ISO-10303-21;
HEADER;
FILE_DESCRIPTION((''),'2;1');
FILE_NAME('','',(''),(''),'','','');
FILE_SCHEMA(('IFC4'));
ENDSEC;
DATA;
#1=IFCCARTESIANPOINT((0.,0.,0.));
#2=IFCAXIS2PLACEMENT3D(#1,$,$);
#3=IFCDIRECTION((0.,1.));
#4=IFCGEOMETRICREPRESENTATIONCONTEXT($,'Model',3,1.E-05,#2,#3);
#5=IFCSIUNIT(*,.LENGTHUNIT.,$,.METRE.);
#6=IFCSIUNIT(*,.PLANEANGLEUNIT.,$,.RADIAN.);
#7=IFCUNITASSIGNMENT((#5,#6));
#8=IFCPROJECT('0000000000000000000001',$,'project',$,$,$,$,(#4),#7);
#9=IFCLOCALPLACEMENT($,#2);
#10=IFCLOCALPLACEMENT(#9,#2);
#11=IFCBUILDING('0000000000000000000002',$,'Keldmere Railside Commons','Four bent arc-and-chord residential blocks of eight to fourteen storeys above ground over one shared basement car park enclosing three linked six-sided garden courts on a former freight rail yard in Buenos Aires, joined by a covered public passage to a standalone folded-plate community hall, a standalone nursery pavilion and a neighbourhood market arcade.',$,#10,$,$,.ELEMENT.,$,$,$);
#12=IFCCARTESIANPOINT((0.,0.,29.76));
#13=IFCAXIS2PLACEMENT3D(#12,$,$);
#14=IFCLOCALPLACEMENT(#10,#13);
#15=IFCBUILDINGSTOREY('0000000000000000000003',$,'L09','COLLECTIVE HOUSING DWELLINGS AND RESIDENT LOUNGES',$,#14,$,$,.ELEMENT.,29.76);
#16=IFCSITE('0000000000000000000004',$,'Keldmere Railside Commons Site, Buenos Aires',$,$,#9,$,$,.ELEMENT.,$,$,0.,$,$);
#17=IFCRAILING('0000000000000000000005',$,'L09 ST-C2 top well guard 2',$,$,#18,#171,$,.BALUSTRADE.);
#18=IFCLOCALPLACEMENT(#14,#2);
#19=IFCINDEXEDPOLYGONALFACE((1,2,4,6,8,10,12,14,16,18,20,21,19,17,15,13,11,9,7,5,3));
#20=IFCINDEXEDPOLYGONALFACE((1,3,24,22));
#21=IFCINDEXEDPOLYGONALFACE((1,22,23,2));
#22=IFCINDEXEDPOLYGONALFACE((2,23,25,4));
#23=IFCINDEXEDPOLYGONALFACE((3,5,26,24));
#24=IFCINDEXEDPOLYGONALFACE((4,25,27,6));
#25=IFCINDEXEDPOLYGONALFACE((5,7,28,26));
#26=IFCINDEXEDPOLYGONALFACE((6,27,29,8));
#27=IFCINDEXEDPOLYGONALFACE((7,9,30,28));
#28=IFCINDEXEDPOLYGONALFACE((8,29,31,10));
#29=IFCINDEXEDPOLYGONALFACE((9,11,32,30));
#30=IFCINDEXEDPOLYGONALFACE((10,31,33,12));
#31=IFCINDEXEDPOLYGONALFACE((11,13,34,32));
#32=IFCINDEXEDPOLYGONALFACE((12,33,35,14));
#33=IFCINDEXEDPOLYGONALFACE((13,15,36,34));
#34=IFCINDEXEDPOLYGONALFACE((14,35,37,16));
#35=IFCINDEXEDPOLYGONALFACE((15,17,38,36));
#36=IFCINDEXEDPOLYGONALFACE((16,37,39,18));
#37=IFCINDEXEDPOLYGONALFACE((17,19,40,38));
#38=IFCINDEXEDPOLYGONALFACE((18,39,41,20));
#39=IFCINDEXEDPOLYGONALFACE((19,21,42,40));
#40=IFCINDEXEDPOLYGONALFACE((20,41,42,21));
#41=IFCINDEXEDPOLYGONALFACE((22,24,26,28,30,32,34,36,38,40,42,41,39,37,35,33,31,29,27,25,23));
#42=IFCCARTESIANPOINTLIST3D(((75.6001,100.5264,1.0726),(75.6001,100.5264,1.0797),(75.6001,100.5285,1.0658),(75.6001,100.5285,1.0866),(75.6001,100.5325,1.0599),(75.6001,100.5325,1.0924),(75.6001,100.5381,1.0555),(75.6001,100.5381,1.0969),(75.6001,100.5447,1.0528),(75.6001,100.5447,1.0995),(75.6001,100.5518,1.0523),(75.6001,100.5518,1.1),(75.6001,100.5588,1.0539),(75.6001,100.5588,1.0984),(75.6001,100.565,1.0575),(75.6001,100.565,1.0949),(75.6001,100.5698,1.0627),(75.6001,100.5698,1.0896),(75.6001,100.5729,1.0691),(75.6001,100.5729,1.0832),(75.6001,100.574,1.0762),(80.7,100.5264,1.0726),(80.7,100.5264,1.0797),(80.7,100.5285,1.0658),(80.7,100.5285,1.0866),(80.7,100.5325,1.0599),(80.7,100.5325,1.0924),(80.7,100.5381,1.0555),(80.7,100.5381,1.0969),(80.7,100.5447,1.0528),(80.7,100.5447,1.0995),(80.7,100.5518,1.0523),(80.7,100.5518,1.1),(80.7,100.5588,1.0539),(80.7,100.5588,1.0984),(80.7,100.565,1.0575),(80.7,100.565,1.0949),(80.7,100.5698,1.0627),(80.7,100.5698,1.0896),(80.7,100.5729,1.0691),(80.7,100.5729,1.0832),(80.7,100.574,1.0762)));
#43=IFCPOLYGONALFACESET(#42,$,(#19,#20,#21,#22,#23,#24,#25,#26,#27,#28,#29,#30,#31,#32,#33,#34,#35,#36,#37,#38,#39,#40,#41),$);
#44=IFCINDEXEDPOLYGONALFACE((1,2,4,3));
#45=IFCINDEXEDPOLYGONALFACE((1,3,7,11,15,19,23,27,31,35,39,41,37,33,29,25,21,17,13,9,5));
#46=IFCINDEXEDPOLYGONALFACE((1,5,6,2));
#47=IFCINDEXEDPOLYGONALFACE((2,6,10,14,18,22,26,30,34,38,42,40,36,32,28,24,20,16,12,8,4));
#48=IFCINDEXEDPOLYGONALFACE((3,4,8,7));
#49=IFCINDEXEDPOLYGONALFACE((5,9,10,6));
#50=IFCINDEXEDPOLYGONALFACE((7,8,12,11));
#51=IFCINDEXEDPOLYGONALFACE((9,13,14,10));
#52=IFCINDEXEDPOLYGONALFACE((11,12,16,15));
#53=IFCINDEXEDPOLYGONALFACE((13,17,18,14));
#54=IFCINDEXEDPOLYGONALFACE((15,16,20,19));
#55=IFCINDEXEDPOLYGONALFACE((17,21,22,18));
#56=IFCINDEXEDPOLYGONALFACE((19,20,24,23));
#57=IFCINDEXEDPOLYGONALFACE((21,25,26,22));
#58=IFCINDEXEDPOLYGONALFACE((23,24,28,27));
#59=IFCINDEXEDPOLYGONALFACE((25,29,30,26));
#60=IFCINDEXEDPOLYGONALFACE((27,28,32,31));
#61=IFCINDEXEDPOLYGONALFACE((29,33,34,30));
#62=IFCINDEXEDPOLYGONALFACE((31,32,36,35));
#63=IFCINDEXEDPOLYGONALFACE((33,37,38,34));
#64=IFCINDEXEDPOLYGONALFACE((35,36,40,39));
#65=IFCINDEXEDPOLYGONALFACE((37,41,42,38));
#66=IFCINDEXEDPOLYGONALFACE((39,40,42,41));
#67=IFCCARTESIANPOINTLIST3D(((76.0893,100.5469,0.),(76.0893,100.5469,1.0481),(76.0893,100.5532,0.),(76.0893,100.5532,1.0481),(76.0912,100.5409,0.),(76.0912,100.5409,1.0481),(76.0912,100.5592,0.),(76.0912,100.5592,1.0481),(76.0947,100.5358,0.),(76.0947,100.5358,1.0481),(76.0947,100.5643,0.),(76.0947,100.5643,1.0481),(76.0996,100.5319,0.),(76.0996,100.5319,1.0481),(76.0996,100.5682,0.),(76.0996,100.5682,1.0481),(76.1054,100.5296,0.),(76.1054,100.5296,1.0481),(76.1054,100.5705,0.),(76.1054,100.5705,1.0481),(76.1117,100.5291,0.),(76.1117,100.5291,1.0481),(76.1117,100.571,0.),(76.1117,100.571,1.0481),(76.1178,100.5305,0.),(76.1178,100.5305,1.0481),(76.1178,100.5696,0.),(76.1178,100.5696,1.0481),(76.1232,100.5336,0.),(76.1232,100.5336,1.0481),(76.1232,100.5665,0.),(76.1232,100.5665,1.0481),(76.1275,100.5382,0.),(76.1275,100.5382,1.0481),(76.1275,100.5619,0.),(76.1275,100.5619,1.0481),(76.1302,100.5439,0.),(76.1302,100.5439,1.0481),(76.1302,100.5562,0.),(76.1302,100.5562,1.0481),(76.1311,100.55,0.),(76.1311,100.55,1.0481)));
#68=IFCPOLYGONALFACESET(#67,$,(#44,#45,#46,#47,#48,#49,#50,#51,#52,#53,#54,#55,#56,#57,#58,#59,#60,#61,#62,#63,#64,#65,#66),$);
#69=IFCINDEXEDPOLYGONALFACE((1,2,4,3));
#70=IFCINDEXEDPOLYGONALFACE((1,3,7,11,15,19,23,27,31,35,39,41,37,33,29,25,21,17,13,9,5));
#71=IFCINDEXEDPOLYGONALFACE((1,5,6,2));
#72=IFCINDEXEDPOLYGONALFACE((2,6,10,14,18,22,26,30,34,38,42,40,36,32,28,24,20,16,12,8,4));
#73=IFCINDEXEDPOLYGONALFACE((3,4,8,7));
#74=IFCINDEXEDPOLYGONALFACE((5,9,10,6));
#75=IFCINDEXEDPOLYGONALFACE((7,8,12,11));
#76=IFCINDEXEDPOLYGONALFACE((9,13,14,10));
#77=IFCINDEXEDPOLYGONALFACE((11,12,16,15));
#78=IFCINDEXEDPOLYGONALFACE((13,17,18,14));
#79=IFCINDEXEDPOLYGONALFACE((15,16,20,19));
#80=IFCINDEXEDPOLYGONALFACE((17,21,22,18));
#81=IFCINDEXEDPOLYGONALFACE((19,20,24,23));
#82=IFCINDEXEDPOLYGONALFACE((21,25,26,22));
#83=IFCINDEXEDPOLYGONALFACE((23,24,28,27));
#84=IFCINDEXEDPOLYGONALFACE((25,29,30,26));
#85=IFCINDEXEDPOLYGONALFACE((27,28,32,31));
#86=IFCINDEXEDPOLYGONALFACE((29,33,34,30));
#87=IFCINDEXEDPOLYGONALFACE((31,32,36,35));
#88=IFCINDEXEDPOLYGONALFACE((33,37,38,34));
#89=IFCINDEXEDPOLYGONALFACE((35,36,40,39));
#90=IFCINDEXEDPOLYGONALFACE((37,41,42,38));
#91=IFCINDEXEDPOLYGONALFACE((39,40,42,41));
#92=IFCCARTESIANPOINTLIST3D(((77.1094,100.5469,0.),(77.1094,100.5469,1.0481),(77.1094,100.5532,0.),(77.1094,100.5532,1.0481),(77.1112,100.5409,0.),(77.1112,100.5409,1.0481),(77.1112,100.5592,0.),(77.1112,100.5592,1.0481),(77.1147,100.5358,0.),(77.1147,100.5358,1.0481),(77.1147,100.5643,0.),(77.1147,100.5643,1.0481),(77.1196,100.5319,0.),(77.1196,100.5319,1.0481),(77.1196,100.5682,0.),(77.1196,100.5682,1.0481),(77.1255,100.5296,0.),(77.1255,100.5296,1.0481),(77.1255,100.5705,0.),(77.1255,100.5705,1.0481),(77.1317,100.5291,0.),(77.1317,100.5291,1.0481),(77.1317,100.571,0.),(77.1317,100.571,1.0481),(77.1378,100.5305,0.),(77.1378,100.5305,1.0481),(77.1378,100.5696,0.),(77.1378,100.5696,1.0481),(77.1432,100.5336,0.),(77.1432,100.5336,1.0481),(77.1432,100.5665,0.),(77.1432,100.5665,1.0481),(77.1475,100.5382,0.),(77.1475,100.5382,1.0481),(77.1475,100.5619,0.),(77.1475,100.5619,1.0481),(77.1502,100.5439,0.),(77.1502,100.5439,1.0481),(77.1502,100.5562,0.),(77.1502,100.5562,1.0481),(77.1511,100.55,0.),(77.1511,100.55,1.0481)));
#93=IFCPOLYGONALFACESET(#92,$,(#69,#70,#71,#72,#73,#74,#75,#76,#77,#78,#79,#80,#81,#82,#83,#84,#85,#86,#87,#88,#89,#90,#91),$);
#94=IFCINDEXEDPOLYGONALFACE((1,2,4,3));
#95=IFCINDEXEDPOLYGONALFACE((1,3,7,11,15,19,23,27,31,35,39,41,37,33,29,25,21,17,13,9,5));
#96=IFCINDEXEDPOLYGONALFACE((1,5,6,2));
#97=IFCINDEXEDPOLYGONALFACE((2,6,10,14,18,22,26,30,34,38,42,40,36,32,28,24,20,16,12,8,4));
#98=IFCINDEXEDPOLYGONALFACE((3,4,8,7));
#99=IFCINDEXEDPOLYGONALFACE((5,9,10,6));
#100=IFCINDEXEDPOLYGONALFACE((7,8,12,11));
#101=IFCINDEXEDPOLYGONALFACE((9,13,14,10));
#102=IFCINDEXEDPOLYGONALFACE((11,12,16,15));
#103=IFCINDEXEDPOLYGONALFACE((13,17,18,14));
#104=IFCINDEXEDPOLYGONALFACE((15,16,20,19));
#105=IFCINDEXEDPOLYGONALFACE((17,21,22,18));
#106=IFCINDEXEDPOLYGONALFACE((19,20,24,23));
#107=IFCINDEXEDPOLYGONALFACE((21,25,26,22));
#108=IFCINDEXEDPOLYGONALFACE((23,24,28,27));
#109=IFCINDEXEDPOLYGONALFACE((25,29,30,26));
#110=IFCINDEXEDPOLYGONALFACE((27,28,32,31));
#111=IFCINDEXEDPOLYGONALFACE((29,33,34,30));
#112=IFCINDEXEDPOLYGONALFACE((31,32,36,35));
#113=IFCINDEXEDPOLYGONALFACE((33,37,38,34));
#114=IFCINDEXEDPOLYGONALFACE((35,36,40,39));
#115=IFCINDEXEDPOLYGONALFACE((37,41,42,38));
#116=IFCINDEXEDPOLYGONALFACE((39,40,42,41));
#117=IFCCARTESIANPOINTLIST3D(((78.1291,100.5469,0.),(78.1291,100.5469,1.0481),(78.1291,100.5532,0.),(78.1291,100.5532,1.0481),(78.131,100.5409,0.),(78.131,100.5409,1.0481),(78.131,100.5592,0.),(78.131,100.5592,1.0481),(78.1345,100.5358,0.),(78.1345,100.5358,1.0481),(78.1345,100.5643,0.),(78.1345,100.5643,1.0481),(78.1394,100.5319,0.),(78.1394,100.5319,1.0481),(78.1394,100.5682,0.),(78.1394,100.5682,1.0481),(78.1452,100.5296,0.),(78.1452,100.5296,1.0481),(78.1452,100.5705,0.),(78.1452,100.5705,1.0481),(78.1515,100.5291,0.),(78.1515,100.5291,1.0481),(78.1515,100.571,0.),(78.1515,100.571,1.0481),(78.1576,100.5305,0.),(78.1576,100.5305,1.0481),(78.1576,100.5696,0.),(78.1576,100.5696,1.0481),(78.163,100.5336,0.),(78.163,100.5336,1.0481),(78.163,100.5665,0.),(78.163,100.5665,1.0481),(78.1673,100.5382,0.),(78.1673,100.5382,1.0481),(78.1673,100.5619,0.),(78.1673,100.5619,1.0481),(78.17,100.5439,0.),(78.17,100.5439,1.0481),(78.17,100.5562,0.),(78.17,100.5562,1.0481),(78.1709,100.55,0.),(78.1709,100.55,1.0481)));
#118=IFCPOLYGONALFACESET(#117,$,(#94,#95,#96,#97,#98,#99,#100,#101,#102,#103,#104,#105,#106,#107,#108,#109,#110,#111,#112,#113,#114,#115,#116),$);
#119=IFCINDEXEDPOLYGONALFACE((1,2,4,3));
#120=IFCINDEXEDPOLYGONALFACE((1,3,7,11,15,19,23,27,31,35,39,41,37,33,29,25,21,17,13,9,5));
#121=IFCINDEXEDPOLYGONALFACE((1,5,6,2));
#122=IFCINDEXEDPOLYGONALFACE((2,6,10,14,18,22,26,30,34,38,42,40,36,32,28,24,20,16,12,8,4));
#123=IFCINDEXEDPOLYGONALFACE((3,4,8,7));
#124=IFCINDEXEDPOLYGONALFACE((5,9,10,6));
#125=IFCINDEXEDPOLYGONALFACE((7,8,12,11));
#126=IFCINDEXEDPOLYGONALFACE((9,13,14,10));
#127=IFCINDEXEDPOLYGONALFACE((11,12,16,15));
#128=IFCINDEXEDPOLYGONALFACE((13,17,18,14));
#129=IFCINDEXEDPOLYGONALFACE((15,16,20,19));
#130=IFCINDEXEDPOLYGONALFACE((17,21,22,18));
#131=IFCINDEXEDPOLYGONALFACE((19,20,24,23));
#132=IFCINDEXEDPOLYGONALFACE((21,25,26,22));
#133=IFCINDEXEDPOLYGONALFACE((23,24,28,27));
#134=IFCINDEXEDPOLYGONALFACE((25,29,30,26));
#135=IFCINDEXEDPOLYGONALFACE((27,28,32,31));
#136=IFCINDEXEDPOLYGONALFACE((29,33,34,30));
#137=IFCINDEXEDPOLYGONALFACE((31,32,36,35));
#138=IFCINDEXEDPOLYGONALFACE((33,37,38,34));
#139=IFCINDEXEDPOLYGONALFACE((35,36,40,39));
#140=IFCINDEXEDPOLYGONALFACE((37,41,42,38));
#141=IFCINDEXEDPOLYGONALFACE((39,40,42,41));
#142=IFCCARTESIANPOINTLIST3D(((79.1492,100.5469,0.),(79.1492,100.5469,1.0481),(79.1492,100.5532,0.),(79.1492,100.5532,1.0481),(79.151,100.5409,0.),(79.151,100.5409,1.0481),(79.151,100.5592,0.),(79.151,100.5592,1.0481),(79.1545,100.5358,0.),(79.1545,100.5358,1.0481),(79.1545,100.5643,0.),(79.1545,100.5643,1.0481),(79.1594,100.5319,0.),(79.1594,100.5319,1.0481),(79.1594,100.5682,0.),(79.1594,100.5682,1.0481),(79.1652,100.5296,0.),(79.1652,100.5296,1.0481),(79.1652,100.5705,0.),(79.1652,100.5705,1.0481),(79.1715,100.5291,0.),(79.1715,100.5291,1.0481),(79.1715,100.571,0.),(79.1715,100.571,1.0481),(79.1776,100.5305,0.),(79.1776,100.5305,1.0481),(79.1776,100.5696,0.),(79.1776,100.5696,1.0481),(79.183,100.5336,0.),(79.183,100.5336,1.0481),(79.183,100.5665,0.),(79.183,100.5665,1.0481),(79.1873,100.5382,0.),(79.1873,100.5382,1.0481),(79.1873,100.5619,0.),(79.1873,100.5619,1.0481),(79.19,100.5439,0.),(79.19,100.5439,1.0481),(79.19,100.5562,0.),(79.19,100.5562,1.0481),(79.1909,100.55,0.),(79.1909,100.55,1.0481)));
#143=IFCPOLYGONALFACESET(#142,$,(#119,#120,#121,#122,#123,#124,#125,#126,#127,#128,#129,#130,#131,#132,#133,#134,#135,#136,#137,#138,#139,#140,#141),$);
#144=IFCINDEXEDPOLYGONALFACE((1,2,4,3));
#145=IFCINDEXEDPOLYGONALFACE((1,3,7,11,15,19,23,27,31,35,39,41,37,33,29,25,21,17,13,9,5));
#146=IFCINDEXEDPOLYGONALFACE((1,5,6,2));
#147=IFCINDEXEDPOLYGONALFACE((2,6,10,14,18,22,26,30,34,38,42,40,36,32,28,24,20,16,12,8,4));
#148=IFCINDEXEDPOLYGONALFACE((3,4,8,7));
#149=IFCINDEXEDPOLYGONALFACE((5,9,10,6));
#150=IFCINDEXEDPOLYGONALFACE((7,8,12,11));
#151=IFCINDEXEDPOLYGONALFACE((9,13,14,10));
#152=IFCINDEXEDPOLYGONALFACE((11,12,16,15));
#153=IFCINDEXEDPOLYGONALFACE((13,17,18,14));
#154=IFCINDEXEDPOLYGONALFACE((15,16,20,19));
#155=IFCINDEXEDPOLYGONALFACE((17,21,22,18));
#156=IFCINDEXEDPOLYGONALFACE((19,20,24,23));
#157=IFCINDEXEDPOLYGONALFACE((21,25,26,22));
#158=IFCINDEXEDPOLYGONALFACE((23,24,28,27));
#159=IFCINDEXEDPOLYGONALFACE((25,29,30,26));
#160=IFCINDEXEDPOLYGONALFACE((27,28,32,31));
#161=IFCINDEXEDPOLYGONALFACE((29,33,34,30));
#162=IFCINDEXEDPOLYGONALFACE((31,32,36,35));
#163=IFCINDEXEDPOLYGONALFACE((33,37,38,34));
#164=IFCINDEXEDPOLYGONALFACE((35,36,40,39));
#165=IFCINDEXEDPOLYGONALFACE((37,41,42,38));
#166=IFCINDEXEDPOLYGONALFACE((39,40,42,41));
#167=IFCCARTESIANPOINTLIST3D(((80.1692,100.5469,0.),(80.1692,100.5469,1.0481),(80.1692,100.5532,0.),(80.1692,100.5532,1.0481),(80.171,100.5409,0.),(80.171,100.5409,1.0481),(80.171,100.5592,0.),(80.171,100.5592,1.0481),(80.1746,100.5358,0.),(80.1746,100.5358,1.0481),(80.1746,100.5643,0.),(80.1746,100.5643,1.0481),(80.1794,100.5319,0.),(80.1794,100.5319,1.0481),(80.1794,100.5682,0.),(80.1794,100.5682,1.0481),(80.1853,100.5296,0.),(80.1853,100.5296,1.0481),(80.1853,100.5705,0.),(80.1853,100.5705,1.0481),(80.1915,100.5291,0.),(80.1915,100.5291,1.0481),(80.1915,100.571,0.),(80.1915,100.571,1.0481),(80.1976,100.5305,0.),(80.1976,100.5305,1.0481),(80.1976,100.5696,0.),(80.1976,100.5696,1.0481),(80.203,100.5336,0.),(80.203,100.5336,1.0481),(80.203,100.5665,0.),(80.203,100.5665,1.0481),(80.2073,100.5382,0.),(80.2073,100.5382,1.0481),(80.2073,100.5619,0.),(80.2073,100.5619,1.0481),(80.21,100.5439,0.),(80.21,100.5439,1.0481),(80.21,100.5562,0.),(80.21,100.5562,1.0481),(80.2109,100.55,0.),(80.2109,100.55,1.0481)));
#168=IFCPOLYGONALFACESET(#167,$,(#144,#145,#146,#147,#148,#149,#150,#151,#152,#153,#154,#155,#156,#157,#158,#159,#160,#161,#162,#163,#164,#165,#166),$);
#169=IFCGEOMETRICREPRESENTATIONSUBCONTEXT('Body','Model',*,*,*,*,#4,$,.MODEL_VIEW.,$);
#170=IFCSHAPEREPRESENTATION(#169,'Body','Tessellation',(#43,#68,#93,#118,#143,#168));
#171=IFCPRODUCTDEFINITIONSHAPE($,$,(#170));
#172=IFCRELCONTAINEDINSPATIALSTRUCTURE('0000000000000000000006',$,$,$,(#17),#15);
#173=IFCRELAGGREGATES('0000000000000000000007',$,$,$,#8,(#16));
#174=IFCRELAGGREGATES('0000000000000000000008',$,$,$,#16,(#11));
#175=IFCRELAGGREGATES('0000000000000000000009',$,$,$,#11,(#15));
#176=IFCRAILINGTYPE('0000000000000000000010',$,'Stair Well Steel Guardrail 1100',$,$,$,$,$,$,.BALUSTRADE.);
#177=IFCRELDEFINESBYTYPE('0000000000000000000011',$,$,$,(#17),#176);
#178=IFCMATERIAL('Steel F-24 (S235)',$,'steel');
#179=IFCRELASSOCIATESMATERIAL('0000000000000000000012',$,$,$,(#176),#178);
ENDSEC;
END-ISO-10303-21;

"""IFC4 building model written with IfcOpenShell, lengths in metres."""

from ifc_helpers import new_model, si_unit, direction, frame, origin, origin_2d, place, context, subcontext, project, spatial, circle, extrude, material, type_object, element, save


model = new_model("IFC4")

# Units and contexts
model_context = context("Model", 3, precision=1e-05, world=origin(), true_north=direction((0.0, 1.0)))
body_context = subcontext(model_context, "Body", "Model", "MODEL_VIEW")
ifc_project = project(units=[si_unit("LENGTHUNIT", "METRE"), si_unit("PLANEANGLEUNIT", "RADIAN")], contexts=[model_context])

# Site, building, storey
site_placement = place(None, origin())
site = spatial("IfcSite", under=ifc_project, at=site_placement, Name="Keldmere Railside Commons Site, Buenos Aires", CompositionType="ELEMENT", RefElevation=0.0)
building_placement = place(site_placement, origin())
building = spatial("IfcBuilding", under=site, at=building_placement, Name="Keldmere Railside Commons", Description="Four bent arc-and-chord residential blocks of eight to fourteen storeys above ground over one shared basement car park enclosing three linked six-sided garden courts on a former freight rail yard in Buenos Aires, joined by a covered public passage to a standalone folded-plate community hall, a standalone nursery pavilion and a neighbourhood market arcade.", CompositionType="ELEMENT")
storey_placement = place(building_placement, frame((0.0, 0.0, 29.76)))
storey = spatial("IfcBuildingStorey", under=building, at=storey_placement, Name="L09", Description="COLLECTIVE HOUSING DWELLINGS AND RESIDENT LOUNGES", CompositionType="ELEMENT", Elevation=29.76)

# Railing
ifc_material_1 = material(Name="Steel F-24 (S235)", Category="steel")
railing_type_1 = type_object("IfcRailingType", Name="Stair Well Steel Guardrail 1100", PredefinedType="BALUSTRADE", material=ifc_material_1)
for number, where, name in (
    (1, (75.6001, 100.55, 0.0), "L09 ST-C2 top well guard 2"),
):
    element("IfcRailing", number, at=place(storey_placement, frame(where)), inside=storey, type_object=railing_type_1, Name=name, PredefinedType="BALUSTRADE", context=body_context, shape_type="SweptSolid", body=[
        extrude(circle(Radius=0.0239, at=origin_2d()), frame((0.0, 0.0, 1.0762), z_axis=(1.0, 0.0, 0.0), x_axis=(0.0, 1.0, 0.0)), (0.0, 0.0, 1.0), 5.0999),
        extrude(circle(Radius=0.021, at=origin_2d()), frame((0.51, 0.0, 0.0)), (0.0, 0.0, 1.0), 1.0481),
        extrude(circle(Radius=0.021, at=origin_2d()), frame((1.53, 0.0, 0.0)), (0.0, 0.0, 1.0), 1.0481),
        extrude(circle(Radius=0.021, at=origin_2d()), frame((2.5498, 0.0, 0.0)), (0.0, 0.0, 1.0), 1.0481),
        extrude(circle(Radius=0.021, at=origin_2d()), frame((3.5698, 0.0, 0.0)), (0.0, 0.0, 1.0), 1.0481),
        extrude(circle(Radius=0.021, at=origin_2d()), frame((4.5898, 0.0, 0.0)), (0.0, 0.0, 1.0), 1.0481),
    ])

save(model, "model.ifc")
